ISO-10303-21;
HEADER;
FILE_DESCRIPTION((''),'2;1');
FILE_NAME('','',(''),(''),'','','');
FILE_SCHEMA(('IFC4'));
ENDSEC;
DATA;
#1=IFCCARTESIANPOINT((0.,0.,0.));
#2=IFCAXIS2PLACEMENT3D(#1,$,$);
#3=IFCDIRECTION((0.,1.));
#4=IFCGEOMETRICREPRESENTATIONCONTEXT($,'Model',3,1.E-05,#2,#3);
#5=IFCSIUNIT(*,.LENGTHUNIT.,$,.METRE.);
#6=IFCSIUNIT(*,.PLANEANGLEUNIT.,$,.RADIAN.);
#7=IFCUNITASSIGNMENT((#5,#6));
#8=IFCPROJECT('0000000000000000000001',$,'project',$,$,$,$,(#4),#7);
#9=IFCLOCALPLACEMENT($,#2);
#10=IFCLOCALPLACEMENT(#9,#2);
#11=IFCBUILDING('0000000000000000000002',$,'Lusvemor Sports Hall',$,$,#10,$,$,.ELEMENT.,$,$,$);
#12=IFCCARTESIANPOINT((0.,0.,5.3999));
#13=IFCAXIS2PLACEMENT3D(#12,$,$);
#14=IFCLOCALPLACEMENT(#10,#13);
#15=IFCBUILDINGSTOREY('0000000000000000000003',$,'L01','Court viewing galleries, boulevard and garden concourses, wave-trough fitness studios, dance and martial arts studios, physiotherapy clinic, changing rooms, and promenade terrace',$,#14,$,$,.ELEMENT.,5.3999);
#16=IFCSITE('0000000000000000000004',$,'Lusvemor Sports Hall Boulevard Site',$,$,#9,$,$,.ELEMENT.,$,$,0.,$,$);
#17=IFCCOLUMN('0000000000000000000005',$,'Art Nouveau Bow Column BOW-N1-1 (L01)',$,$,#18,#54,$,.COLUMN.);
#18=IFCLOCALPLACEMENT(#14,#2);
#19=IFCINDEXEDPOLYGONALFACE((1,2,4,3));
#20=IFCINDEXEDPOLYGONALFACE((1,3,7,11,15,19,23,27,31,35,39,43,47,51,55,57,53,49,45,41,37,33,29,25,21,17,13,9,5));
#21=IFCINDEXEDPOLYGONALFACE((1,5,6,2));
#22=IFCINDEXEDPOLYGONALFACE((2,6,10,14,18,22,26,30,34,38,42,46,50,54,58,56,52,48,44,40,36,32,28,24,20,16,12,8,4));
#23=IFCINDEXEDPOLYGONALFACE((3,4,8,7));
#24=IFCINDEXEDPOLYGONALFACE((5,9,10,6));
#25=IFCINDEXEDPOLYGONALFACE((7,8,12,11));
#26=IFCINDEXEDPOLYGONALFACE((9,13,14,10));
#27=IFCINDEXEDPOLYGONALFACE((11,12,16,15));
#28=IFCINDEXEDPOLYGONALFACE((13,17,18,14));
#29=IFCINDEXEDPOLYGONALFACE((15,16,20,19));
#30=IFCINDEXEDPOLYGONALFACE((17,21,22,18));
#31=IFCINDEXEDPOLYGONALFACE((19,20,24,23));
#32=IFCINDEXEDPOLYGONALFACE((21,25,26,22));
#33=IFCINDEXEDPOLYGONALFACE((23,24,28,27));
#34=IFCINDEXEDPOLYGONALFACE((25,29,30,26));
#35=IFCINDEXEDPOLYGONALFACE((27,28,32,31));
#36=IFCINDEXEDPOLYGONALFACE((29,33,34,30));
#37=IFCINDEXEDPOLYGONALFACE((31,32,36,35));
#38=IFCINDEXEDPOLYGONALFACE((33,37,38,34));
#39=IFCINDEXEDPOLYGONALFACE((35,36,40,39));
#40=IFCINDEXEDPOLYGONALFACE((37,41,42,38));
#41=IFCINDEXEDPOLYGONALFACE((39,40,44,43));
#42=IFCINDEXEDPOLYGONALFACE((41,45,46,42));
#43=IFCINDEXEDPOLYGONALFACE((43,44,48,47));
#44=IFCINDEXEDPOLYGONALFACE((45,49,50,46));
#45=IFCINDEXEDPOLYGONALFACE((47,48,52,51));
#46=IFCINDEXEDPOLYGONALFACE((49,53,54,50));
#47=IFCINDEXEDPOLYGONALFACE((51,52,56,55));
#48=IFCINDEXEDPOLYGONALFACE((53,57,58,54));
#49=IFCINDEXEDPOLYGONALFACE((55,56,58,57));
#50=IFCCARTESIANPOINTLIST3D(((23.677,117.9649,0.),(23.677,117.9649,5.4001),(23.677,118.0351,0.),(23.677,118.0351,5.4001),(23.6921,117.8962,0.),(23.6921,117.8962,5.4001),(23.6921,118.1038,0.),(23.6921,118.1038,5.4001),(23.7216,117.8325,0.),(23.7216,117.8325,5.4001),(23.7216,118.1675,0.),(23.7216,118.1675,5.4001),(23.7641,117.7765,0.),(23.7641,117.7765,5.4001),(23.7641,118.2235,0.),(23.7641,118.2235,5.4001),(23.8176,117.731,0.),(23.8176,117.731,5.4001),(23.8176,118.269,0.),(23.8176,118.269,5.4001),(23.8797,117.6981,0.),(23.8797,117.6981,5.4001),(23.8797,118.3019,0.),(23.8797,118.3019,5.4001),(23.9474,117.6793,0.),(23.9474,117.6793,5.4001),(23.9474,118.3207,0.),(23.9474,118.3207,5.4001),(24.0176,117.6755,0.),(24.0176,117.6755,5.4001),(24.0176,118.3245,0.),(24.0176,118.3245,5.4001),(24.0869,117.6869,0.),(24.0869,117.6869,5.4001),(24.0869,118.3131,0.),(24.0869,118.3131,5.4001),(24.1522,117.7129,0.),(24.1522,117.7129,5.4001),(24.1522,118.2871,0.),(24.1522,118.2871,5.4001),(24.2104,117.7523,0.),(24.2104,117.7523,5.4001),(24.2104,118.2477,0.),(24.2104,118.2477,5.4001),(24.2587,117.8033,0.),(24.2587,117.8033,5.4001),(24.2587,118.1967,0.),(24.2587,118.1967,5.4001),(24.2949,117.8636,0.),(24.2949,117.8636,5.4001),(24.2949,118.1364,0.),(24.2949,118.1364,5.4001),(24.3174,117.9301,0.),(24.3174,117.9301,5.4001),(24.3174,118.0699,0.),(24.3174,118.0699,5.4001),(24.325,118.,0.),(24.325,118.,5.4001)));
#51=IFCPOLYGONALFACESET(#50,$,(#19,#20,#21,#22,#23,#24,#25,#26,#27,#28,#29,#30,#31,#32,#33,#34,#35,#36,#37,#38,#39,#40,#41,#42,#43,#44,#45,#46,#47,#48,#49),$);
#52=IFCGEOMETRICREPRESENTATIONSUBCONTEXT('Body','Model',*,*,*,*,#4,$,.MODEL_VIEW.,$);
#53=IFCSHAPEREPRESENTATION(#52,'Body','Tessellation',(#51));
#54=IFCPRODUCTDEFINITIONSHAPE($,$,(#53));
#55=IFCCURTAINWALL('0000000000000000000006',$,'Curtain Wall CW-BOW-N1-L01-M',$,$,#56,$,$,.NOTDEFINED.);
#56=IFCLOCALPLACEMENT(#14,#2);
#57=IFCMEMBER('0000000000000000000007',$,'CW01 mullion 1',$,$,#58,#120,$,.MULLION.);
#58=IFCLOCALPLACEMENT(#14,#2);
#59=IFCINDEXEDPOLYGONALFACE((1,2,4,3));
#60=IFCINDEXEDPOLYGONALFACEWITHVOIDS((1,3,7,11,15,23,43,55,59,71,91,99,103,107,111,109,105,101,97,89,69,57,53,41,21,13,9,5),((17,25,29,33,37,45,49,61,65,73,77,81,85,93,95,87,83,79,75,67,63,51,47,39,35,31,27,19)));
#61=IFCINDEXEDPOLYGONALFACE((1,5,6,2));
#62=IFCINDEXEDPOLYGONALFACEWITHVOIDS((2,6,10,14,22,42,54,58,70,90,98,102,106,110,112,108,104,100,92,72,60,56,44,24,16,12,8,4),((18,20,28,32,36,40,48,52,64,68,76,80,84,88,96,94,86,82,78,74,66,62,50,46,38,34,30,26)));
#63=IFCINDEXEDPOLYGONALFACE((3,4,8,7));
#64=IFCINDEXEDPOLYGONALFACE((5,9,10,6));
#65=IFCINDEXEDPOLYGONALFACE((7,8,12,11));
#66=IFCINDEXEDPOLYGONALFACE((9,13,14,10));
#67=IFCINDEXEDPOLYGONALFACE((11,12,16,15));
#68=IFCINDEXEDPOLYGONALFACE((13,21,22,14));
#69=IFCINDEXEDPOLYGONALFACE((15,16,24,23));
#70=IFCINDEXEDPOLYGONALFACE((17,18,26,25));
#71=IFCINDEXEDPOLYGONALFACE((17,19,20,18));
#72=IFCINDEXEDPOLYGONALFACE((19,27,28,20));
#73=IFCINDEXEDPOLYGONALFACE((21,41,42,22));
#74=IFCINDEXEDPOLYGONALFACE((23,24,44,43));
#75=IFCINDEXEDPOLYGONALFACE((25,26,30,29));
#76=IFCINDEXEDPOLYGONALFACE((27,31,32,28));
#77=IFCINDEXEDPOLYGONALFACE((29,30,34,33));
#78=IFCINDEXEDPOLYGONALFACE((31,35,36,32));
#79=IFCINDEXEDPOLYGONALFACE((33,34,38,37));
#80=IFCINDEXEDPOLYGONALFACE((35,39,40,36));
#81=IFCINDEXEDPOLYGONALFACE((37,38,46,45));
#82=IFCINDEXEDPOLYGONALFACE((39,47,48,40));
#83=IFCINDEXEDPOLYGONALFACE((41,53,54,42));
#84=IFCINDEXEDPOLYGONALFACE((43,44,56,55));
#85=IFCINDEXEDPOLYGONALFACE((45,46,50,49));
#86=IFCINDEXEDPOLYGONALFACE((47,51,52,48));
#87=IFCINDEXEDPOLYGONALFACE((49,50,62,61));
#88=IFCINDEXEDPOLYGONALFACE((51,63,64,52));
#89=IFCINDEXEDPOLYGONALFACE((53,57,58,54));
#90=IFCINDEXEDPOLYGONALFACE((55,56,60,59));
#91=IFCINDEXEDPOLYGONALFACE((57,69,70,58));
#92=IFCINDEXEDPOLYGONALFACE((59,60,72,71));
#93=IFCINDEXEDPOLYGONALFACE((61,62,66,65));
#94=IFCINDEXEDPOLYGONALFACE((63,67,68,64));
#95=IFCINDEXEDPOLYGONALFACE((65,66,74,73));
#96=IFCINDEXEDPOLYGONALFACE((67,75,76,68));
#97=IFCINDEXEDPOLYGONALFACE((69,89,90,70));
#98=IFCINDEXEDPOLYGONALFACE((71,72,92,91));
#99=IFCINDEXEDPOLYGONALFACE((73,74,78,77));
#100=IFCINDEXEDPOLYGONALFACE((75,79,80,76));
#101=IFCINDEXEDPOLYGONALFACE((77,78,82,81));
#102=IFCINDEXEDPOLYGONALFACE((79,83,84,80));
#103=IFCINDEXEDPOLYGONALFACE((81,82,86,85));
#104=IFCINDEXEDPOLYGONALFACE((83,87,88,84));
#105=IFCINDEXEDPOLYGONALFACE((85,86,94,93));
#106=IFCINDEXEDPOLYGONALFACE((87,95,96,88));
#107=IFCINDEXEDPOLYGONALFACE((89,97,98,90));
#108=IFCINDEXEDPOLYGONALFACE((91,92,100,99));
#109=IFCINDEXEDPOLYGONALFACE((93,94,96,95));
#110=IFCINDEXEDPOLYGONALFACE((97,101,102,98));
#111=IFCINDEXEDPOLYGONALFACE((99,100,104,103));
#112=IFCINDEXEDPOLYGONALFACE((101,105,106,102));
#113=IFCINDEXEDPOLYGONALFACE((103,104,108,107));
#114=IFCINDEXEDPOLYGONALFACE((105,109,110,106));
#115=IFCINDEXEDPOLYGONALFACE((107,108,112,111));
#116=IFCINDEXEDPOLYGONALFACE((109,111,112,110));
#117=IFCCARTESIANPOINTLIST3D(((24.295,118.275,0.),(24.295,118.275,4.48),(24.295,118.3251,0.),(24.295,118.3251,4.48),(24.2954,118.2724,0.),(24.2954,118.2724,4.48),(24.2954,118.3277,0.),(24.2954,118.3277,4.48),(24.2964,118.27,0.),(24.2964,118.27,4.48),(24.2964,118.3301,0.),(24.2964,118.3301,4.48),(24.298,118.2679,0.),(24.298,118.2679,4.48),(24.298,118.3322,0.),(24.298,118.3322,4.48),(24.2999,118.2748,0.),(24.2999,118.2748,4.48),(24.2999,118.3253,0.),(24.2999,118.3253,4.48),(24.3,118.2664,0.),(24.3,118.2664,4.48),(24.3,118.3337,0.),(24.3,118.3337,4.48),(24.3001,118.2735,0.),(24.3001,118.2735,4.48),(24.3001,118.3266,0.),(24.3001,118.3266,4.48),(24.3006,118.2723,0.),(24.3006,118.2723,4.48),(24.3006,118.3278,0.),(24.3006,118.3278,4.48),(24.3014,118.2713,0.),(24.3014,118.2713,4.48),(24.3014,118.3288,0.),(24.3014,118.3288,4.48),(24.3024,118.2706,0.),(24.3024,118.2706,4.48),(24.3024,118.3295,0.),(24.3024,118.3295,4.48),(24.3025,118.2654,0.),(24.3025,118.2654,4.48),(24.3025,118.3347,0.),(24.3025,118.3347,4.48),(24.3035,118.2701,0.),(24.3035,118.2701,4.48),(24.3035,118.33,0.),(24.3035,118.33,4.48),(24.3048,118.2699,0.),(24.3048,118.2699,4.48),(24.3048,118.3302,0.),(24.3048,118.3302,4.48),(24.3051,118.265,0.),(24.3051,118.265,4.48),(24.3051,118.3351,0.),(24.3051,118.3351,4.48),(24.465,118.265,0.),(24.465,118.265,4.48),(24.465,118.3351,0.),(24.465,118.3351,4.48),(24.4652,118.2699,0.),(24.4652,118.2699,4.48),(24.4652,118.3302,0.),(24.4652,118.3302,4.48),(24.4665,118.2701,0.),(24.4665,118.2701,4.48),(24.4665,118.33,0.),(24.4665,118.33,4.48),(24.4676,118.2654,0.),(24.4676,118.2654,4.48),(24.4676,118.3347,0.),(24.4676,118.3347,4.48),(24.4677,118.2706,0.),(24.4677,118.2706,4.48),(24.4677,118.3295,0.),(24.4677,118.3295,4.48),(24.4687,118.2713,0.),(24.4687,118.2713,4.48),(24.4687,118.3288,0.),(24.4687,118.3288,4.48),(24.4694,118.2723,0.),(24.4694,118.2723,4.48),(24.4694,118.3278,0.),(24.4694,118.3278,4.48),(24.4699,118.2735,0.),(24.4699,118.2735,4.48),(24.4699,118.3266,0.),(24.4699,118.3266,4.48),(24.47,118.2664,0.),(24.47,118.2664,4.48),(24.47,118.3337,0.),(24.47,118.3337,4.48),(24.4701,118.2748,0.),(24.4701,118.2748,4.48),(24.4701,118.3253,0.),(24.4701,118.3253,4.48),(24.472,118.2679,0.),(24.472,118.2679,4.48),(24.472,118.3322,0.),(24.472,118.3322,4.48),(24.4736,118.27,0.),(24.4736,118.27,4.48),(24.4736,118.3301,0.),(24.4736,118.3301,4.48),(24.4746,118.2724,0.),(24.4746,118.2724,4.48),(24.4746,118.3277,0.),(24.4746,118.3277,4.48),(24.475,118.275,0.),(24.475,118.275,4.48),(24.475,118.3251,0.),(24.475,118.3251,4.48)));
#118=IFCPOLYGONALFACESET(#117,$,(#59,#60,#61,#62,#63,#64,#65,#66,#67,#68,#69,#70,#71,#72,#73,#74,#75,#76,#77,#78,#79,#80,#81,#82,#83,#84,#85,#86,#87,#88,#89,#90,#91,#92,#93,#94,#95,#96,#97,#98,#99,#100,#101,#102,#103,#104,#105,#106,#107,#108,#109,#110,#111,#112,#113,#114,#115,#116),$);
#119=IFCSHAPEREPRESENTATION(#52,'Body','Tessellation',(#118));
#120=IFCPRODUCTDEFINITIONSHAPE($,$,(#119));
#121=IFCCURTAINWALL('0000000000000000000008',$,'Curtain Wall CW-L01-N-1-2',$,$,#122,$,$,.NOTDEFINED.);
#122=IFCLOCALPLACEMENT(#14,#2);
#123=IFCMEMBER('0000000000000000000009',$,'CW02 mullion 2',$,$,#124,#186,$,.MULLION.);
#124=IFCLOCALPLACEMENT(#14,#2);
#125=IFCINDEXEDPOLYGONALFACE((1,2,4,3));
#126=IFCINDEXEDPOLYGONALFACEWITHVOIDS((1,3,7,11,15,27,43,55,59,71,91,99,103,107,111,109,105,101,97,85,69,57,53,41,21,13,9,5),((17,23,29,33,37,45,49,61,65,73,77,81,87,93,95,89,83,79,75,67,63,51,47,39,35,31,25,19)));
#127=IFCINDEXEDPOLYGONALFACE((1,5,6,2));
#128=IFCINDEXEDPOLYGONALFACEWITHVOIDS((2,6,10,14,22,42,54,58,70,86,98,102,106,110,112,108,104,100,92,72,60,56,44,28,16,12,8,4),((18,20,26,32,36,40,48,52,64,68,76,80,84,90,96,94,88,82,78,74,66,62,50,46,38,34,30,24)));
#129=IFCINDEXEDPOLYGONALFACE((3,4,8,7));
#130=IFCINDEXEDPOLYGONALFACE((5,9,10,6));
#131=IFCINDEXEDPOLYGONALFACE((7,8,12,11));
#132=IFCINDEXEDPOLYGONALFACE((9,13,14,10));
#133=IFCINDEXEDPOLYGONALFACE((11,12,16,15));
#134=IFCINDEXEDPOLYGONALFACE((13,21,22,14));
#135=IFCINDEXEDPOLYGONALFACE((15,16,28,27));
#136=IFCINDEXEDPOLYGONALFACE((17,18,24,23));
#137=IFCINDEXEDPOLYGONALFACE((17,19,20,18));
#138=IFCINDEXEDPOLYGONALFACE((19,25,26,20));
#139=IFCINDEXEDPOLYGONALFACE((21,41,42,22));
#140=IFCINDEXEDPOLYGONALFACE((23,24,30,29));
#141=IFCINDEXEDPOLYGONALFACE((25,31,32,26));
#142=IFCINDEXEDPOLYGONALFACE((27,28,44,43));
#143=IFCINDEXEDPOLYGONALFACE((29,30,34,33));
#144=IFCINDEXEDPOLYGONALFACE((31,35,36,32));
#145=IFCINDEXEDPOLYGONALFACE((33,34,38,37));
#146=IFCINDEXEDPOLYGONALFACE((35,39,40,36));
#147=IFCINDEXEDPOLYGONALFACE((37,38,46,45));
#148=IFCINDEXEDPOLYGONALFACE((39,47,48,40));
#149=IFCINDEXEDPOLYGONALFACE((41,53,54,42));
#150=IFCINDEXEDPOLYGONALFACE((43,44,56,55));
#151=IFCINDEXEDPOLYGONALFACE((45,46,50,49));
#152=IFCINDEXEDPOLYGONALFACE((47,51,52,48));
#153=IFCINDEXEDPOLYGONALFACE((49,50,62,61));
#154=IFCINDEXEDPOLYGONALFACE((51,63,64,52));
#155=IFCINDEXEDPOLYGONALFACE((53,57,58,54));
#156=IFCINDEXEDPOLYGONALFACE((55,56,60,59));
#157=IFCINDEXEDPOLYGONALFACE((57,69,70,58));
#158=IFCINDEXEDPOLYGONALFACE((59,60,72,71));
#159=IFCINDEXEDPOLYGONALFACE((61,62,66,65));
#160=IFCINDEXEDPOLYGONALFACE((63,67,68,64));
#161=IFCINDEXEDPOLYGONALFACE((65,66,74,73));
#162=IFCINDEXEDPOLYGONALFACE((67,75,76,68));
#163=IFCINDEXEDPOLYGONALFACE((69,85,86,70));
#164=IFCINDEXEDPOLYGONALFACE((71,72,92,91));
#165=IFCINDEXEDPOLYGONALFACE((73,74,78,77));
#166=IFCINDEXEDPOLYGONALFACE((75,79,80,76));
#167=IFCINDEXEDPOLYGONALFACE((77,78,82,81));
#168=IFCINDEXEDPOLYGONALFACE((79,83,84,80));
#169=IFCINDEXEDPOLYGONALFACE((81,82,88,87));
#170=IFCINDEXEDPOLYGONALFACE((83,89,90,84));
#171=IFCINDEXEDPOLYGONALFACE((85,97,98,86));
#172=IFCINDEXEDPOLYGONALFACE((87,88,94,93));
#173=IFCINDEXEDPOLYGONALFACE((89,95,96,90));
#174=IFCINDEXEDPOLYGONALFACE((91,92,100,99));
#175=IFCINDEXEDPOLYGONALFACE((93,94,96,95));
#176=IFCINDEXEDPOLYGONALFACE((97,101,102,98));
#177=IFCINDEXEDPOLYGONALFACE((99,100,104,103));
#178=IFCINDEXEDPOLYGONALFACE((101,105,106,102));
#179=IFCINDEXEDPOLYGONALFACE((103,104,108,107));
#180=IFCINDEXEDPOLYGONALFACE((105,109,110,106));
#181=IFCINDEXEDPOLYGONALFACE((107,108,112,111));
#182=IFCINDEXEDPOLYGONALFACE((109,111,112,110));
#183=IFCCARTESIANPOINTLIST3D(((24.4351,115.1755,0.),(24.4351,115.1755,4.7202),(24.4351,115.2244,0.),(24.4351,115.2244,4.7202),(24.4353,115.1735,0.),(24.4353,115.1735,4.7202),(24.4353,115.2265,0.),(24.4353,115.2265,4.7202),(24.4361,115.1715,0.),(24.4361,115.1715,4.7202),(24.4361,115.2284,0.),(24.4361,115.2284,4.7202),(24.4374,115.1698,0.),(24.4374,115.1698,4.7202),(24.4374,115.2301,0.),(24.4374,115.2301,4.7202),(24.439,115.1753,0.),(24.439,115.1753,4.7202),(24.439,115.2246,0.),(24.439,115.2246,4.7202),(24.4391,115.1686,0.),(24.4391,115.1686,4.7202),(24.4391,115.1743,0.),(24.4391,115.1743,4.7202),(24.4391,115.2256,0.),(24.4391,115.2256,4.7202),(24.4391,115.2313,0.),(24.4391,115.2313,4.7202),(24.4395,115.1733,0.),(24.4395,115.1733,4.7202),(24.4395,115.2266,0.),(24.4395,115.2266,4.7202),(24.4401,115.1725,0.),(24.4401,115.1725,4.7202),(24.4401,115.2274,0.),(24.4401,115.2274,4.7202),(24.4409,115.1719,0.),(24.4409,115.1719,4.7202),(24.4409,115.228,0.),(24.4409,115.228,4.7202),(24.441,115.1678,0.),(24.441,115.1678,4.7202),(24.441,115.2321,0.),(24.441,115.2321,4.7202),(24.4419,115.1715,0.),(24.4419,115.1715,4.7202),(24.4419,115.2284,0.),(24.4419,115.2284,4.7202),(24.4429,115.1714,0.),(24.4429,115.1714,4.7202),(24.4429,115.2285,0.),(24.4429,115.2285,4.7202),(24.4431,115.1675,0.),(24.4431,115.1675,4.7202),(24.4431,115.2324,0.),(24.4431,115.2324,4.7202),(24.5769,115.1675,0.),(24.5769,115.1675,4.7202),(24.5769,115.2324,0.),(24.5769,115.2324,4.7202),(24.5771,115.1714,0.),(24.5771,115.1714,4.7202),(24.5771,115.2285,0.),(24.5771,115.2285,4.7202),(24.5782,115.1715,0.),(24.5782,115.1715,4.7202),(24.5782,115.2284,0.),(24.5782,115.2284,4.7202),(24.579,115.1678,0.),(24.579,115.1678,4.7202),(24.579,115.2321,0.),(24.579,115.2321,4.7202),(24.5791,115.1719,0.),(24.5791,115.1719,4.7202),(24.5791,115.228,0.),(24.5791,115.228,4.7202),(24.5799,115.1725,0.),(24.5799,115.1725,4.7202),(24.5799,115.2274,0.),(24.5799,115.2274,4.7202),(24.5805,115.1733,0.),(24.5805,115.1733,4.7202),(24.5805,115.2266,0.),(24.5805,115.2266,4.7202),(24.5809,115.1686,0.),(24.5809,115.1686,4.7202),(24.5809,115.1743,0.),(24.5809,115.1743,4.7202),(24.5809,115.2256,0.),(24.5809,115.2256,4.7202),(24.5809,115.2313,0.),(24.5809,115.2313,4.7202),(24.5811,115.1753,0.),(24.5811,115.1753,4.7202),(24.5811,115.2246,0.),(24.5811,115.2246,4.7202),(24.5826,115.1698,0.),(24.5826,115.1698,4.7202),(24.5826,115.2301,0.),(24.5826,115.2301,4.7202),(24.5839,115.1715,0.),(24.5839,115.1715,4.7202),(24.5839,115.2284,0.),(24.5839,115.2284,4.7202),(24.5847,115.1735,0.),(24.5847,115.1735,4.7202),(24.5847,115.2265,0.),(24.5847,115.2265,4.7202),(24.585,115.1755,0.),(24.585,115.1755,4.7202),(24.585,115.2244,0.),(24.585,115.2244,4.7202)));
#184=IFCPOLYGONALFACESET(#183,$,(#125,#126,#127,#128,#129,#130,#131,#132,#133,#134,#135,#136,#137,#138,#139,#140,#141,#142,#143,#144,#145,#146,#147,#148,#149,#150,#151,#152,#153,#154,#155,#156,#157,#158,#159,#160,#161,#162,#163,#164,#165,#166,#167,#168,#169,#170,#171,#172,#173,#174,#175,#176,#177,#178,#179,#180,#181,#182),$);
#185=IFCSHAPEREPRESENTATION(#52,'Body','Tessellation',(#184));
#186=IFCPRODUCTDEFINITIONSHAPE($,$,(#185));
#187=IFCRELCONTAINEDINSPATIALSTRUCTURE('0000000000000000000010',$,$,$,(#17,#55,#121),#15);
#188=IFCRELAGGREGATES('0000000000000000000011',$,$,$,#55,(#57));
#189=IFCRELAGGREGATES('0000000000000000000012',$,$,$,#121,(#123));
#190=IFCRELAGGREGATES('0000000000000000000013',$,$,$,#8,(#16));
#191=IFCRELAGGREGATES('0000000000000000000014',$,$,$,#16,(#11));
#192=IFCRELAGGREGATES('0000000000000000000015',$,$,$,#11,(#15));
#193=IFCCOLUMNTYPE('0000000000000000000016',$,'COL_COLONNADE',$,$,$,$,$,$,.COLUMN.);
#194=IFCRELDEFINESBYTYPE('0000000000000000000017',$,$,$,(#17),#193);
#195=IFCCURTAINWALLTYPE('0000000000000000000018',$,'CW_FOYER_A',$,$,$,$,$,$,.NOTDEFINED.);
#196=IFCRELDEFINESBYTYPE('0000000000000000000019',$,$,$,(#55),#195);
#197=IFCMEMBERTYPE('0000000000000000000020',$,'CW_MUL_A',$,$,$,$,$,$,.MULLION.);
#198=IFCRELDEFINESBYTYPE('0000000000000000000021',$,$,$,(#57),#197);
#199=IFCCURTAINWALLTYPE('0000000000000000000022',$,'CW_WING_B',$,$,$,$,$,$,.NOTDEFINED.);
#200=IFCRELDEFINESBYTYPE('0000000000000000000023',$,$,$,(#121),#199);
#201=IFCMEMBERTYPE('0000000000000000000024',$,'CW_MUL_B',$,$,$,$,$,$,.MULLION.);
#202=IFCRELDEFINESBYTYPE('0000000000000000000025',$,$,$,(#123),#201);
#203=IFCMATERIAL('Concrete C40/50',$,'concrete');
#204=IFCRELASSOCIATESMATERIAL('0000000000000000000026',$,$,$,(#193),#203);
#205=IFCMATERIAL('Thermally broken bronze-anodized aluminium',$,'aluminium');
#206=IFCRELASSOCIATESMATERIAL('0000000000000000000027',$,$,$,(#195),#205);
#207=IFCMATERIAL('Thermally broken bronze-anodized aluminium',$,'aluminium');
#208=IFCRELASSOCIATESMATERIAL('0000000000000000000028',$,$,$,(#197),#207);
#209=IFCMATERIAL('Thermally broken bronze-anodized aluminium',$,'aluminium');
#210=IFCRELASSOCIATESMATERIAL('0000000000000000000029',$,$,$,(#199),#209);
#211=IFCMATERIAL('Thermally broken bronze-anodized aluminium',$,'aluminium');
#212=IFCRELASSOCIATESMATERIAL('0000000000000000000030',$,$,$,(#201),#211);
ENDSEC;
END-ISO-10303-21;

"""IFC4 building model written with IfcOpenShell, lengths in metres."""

from ifc_helpers import new_model, si_unit, direction, frame, origin, origin_2d, place, context, subcontext, project, spatial, hollow_rectangle, circle, extrude, material, material_profile, profile_set, type_object, element, aggregate, save


model = new_model("IFC4")

# Units and contexts
model_context = context("Model", 3, precision=1e-05, world=origin(), true_north=direction((0.0, 1.0)))
body_context = subcontext(model_context, "Body", "Model", "MODEL_VIEW")
ifc_project = project(units=[si_unit("LENGTHUNIT", "METRE"), si_unit("PLANEANGLEUNIT", "RADIAN")], contexts=[model_context])

# Site, building, storey
site_placement = place(None, origin())
site = spatial("IfcSite", under=ifc_project, at=site_placement, Name="Lusvemor Sports Hall Boulevard Site", CompositionType="ELEMENT", RefElevation=0.0)
building_placement = place(site_placement, origin())
building = spatial("IfcBuilding", under=site, at=building_placement, Name="Lusvemor Sports Hall", CompositionType="ELEMENT")
storey_placement = place(building_placement, frame((0.0, 0.0, 5.3999)))
storey = spatial("IfcBuildingStorey", under=building, at=storey_placement, Name="L01", Description="Court viewing galleries, boulevard and garden concourses, wave-trough fitness studios, dance and martial arts studios, physiotherapy clinic, changing rooms, and promenade terrace", CompositionType="ELEMENT", Elevation=5.3999)

# Column
ifc_material_1 = material(Name="Concrete C40/50", Category="concrete")
ifc_material_profile_1 = material_profile(ifc_material_1, circle(Radius=0.325, at=origin_2d()), Name="RCCIRC650")
ifc_profile_set_1 = profile_set([ifc_material_profile_1], Name="Concrete C40/50")
column_type = type_object("IfcColumnType", Name="COL_COLONNADE", PredefinedType="COLUMN", material=ifc_profile_set_1)
column_placement = place(storey_placement, frame((24.0, 118.0, 0.0), z_axis=(0.0, 0.0, 1.0), x_axis=(1.0, 0.0, 0.0)))
element("IfcColumn", 1, at=column_placement, inside=storey, type_object=column_type, Name="Art Nouveau Bow Column BOW-N1-1 (L01)", PredefinedType="COLUMN", context=body_context, shape_type="SweptSolid", body=[
    extrude(circle(Radius=0.325, at=origin_2d()), origin(), (0.0, 0.0, 1.0), 5.4001),
])

# Curtain walls, members
ifc_material_2 = material(Name="Thermally broken bronze-anodized aluminium", Category="aluminium")
curtain_wall_type_1 = type_object("IfcCurtainWallType", Name="CW_FOYER_A", PredefinedType="NOTDEFINED", material=ifc_material_2)
curtain_wall_1_placement = place(storey_placement, origin())
curtain_wall_1 = element("IfcCurtainWall", 2, at=curtain_wall_1_placement, inside=storey, type_object=curtain_wall_type_1, Name="Curtain Wall CW-BOW-N1-L01-M", PredefinedType="NOTDEFINED")
ifc_material_3 = material(Name="Thermally broken bronze-anodized aluminium", Category="aluminium")
ifc_material_profile_2 = material_profile(ifc_material_3, hollow_rectangle(XDim=0.0701, YDim=0.1799, WallThickness=0.0049, InnerFilletRadius=0.0049, OuterFilletRadius=0.01, at=origin_2d()), Name="CWMUL180x70x5")
ifc_profile_set_2 = profile_set([ifc_material_profile_2], Name="Thermally broken bronze-anodized aluminium")
member_type_1 = type_object("IfcMemberType", Name="CW_MUL_A", PredefinedType="MULLION", material=ifc_profile_set_2)
member_1_placement = place(storey_placement, frame((24.385, 118.3, 0.0), z_axis=(0.0, 0.0, 1.0), x_axis=(0.0, 1.0, 0.0)))
member_1 = element("IfcMember", 3, at=member_1_placement, type_object=member_type_1, Name="CW01 mullion 1", PredefinedType="MULLION", context=body_context, shape_type="SweptSolid", body=[
    extrude(hollow_rectangle(XDim=0.0701, YDim=0.1799, WallThickness=0.0049, InnerFilletRadius=0.0049, OuterFilletRadius=0.01, at=origin_2d()), origin(), (0.0, 0.0, 1.0), 4.48),
])
ifc_material_4 = material(Name="Thermally broken bronze-anodized aluminium", Category="aluminium")
curtain_wall_type_2 = type_object("IfcCurtainWallType", Name="CW_WING_B", PredefinedType="NOTDEFINED", material=ifc_material_4)
curtain_wall_2_placement = place(storey_placement, origin())
curtain_wall_2 = element("IfcCurtainWall", 4, at=curtain_wall_2_placement, inside=storey, type_object=curtain_wall_type_2, Name="Curtain Wall CW-L01-N-1-2", PredefinedType="NOTDEFINED")
ifc_material_5 = material(Name="Thermally broken bronze-anodized aluminium", Category="aluminium")
ifc_material_profile_3 = material_profile(ifc_material_5, hollow_rectangle(XDim=0.0649, YDim=0.1499, WallThickness=0.0039, InnerFilletRadius=0.0039, OuterFilletRadius=0.0081, at=origin_2d()), Name="CWMUL150x65x4")
ifc_profile_set_3 = profile_set([ifc_material_profile_3], Name="Thermally broken bronze-anodized aluminium")
member_type_2 = type_object("IfcMemberType", Name="CW_MUL_B", PredefinedType="MULLION", material=ifc_profile_set_3)
member_2_placement = place(storey_placement, frame((24.51, 115.2, 0.0), z_axis=(0.0, 0.0, 1.0), x_axis=(0.0, 1.0, 0.0)))
member_2 = element("IfcMember", 5, at=member_2_placement, type_object=member_type_2, Name="CW02 mullion 2", PredefinedType="MULLION", context=body_context, shape_type="SweptSolid", body=[
    extrude(hollow_rectangle(XDim=0.0649, YDim=0.1499, WallThickness=0.0039, InnerFilletRadius=0.0039, OuterFilletRadius=0.0081, at=origin_2d()), origin(), (0.0, 0.0, 1.0), 4.7202),
])

aggregate(curtain_wall_1, [member_1])

aggregate(curtain_wall_2, [member_2])

save(model, "model.ifc")
